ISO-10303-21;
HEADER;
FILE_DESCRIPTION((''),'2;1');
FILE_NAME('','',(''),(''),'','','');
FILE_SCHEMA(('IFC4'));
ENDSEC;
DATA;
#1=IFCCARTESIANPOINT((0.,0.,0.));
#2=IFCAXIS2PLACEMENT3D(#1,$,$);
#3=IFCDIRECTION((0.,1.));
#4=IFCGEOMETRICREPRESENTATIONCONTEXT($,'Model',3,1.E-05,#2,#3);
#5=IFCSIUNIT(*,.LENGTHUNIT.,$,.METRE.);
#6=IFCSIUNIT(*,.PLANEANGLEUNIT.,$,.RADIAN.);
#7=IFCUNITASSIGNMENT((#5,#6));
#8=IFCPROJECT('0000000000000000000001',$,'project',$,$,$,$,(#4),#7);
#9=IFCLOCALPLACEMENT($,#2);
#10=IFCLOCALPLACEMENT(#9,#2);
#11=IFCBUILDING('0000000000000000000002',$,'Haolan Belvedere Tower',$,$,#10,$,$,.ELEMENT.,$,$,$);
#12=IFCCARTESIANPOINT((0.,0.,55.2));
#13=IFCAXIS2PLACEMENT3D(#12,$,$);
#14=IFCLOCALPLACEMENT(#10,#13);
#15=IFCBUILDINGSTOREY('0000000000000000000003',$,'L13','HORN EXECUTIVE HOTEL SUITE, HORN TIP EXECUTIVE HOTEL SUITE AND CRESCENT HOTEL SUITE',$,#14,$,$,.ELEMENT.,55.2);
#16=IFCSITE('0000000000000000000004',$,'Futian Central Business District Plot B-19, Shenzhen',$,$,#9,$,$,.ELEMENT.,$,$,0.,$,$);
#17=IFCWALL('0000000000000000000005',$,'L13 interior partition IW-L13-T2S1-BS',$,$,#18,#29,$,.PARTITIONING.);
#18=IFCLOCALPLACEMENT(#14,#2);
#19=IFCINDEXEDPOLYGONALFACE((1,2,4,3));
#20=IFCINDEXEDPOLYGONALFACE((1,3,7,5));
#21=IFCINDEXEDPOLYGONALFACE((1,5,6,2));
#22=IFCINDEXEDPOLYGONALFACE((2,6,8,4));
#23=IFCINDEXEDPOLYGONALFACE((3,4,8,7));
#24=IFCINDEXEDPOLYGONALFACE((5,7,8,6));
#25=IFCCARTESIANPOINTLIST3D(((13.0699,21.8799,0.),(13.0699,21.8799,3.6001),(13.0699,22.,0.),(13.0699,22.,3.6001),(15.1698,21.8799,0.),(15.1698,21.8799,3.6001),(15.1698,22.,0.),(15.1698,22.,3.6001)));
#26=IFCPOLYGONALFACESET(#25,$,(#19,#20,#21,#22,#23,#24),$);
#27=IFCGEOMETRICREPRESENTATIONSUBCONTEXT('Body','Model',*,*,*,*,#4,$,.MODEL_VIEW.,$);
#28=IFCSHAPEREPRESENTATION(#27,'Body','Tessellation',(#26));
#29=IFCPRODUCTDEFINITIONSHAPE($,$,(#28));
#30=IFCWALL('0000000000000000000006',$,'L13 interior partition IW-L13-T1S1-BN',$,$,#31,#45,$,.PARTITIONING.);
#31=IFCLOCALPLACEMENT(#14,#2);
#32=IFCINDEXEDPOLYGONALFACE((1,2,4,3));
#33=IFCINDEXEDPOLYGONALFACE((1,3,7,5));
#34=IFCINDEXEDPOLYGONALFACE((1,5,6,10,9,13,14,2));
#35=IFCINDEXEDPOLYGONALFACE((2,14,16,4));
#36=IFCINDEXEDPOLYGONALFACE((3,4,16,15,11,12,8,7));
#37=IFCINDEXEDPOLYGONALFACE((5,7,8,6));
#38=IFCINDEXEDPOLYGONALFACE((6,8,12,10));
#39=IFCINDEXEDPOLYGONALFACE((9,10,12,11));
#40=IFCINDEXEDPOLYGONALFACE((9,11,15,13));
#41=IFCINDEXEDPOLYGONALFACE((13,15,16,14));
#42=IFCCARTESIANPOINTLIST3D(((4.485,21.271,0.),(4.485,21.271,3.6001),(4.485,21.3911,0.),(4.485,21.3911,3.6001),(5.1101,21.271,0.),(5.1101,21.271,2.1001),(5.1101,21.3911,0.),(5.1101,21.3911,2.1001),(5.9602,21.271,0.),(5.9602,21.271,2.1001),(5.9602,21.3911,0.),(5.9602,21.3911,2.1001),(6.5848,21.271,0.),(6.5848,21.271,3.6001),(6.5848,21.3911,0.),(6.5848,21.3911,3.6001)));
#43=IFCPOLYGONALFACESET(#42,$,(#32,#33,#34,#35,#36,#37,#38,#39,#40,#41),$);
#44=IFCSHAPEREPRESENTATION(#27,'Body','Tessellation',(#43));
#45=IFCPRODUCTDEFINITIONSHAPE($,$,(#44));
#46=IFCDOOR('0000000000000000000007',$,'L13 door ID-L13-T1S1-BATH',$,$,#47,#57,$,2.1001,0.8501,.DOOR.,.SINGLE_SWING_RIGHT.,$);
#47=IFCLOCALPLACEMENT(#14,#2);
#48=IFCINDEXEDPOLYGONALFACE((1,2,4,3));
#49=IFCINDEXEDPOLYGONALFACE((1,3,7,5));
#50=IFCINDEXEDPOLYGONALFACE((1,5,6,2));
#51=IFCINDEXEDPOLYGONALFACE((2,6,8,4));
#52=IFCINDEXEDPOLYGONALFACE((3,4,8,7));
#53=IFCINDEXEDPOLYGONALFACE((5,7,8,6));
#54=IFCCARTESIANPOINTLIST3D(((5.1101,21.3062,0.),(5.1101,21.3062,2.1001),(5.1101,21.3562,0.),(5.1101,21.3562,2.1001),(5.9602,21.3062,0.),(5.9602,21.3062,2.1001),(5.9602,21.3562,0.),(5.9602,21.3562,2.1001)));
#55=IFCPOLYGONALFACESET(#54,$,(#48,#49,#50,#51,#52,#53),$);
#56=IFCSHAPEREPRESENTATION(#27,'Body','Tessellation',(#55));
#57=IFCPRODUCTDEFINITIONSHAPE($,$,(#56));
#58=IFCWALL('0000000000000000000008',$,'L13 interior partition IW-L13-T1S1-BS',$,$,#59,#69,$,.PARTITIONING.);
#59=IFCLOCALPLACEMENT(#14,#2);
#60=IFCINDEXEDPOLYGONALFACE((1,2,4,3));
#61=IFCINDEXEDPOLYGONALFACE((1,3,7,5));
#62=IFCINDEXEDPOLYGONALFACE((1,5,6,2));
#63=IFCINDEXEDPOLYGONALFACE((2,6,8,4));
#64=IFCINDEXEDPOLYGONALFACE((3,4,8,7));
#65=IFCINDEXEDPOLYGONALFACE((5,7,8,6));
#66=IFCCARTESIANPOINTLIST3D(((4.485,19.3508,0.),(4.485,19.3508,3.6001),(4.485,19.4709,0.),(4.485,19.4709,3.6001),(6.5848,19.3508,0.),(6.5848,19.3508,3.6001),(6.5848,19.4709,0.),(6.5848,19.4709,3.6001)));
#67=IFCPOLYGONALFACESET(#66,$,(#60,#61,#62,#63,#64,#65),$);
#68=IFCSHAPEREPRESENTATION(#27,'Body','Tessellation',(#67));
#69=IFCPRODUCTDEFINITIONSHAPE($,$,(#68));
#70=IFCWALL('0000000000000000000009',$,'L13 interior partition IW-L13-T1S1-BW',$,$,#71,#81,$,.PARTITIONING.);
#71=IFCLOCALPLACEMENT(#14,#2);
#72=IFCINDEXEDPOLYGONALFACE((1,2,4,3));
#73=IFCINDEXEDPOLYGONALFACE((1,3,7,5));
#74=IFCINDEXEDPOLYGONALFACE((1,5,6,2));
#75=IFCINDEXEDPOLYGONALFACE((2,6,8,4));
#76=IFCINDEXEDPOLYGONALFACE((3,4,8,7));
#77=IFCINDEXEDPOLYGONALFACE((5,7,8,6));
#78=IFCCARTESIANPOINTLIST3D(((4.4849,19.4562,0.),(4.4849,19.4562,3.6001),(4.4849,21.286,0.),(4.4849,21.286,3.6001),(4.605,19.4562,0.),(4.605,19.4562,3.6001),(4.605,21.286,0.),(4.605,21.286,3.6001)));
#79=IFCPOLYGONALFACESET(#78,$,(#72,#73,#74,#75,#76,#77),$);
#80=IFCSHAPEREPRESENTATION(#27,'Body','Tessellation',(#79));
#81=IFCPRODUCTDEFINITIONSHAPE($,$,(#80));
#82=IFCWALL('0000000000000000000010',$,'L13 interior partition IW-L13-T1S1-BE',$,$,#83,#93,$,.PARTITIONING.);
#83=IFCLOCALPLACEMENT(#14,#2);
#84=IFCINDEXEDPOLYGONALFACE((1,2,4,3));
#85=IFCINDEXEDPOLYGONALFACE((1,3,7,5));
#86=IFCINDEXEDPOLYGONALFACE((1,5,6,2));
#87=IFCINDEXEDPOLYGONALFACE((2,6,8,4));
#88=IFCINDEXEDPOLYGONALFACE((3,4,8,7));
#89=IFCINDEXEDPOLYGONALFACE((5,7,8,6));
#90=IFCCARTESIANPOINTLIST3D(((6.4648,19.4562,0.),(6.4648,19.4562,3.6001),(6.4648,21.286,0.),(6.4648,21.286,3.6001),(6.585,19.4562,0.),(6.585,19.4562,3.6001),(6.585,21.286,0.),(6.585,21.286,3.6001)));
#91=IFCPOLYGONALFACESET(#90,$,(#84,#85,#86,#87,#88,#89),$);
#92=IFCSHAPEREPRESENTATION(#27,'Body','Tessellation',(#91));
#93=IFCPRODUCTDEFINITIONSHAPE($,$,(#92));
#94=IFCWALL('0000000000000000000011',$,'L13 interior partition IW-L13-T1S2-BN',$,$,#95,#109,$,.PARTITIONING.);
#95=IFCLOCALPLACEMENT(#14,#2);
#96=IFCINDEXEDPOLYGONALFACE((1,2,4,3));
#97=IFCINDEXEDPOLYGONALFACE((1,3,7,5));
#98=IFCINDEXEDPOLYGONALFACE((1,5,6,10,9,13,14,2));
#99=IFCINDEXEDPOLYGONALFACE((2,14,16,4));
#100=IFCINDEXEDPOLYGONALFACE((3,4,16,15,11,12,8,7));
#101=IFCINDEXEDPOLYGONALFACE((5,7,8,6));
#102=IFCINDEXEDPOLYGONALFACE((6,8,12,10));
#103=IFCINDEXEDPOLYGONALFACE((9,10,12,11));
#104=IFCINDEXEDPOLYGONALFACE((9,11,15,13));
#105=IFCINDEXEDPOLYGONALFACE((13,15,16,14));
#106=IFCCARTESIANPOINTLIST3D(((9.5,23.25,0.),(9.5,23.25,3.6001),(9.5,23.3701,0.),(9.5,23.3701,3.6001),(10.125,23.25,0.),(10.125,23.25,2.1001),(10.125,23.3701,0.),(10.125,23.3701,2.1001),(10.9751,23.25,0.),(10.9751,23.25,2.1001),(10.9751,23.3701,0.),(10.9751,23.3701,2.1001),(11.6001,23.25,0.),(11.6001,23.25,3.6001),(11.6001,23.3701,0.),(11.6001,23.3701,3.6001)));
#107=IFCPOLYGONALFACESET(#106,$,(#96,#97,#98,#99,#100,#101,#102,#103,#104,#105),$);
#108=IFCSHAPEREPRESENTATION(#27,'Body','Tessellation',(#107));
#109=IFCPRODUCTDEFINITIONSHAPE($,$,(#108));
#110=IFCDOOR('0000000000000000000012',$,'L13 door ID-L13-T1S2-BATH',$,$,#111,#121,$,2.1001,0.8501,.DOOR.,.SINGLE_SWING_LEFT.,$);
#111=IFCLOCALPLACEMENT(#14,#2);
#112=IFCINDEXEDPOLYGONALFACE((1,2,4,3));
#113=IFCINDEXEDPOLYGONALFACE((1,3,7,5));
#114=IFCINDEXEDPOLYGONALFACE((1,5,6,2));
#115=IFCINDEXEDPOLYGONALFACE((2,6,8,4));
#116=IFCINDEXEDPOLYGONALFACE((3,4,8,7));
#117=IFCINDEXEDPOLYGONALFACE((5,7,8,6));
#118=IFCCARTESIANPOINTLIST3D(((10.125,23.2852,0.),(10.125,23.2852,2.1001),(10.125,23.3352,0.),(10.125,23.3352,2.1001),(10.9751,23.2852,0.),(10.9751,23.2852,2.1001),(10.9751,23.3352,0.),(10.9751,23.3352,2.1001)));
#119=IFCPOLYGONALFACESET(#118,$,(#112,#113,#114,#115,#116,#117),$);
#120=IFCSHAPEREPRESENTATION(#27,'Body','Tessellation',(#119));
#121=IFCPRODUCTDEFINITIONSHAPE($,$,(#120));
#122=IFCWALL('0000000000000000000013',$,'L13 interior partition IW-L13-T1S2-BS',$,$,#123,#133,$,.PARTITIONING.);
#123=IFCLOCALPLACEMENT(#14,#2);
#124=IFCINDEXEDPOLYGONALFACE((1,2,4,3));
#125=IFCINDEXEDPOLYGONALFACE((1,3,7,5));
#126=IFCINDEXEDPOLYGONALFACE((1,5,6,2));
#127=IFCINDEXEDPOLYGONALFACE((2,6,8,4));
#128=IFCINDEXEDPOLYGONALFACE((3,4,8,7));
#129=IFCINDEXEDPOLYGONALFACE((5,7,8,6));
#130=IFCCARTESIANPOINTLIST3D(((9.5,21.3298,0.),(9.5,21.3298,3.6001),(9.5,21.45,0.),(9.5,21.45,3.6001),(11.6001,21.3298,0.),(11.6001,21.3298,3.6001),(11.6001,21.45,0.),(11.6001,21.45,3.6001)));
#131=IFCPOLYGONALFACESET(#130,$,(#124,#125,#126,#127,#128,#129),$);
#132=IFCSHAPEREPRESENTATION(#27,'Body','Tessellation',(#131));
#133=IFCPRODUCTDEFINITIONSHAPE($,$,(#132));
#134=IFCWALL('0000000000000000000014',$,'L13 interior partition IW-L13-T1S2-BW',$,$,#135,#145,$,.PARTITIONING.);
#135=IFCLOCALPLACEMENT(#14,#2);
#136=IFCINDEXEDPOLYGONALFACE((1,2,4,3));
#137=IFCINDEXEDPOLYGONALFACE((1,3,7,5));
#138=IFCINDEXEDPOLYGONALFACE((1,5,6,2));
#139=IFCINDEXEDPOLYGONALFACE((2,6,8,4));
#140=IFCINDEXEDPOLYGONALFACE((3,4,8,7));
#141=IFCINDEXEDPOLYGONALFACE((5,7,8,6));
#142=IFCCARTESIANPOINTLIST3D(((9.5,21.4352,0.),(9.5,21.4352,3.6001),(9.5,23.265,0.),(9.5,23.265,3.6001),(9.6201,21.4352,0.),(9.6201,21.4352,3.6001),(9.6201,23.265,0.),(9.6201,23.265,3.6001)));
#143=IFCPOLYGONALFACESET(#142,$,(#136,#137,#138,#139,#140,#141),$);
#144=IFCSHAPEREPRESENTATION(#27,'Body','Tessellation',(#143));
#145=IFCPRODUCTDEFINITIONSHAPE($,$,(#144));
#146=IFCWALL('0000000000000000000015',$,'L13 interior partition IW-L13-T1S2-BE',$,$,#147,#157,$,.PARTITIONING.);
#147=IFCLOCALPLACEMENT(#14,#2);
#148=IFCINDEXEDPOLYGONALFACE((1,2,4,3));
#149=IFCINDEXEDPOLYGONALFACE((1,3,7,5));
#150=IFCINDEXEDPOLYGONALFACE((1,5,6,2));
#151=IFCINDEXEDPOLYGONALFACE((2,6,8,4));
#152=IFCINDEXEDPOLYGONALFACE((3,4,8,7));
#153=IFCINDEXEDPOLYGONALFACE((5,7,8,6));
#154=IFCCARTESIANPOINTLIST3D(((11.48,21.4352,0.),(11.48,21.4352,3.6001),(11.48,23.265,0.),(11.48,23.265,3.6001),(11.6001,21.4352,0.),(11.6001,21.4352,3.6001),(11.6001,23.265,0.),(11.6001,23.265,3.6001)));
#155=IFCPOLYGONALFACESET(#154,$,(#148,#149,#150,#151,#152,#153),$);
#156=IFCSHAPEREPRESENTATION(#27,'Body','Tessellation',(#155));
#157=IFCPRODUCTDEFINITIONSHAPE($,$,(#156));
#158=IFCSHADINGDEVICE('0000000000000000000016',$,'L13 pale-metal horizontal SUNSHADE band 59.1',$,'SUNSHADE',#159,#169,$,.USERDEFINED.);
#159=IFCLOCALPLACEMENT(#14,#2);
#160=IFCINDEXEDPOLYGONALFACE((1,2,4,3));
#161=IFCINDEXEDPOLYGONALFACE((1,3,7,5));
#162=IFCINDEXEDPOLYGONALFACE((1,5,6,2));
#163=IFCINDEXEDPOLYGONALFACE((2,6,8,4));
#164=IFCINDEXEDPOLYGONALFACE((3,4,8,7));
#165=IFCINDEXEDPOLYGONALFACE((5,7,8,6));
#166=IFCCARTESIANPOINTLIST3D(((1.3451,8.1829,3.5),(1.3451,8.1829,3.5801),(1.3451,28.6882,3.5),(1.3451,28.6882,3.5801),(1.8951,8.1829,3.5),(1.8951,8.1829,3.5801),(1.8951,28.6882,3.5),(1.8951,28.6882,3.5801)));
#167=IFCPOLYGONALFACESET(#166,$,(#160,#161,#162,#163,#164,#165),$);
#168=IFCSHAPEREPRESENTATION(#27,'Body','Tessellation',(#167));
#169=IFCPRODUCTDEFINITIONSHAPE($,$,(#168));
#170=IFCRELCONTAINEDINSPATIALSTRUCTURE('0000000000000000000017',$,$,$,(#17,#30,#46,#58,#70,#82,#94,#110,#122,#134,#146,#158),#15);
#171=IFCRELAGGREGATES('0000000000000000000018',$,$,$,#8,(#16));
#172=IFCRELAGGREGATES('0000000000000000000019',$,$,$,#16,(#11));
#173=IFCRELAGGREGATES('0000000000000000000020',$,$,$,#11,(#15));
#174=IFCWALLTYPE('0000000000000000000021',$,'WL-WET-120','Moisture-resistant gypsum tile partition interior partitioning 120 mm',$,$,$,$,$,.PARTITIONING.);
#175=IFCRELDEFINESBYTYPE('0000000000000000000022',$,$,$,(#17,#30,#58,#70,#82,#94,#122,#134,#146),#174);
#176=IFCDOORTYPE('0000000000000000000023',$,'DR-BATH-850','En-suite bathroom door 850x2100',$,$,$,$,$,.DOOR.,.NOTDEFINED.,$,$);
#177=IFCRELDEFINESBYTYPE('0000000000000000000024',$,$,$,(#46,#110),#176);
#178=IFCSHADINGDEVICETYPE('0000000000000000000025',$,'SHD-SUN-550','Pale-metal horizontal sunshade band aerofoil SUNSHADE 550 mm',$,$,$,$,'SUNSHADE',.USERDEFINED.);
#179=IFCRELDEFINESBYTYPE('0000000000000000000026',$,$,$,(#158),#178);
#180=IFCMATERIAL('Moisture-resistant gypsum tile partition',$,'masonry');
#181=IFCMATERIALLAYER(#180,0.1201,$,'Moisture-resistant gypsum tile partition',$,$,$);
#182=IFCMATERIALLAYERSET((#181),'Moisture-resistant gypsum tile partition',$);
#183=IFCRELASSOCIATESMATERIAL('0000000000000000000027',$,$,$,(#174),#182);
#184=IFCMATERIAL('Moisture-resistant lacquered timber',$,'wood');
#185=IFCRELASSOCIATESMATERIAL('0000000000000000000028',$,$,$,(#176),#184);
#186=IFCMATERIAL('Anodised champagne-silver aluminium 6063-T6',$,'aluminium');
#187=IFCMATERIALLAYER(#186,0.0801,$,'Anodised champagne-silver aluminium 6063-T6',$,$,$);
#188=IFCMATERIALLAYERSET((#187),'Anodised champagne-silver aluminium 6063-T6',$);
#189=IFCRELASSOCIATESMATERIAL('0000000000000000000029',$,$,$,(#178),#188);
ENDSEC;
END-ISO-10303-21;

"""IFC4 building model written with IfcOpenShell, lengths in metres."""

from ifc_helpers import new_model, si_unit, direction, frame, frame_2d, origin, origin_2d, place, context, subcontext, project, spatial, rectangle, extrude, material, layer, layer_set, type_object, element, fill, save


model = new_model("IFC4")

# Units and contexts
model_context = context("Model", 3, precision=1e-05, world=origin(), true_north=direction((0.0, 1.0)))
body_context = subcontext(model_context, "Body", "Model", "MODEL_VIEW")
ifc_project = project(units=[si_unit("LENGTHUNIT", "METRE"), si_unit("PLANEANGLEUNIT", "RADIAN")], contexts=[model_context])

# Site, building, storey
site_placement = place(None, origin())
site = spatial("IfcSite", under=ifc_project, at=site_placement, Name="Futian Central Business District Plot B-19, Shenzhen", CompositionType="ELEMENT", RefElevation=0.0)
building_placement = place(site_placement, origin())
building = spatial("IfcBuilding", under=site, at=building_placement, Name="Haolan Belvedere Tower", CompositionType="ELEMENT")
storey_placement = place(building_placement, frame((0.0, 0.0, 55.2)))
storey = spatial("IfcBuildingStorey", under=building, at=storey_placement, Name="L13", Description="HORN EXECUTIVE HOTEL SUITE, HORN TIP EXECUTIVE HOTEL SUITE AND CRESCENT HOTEL SUITE", CompositionType="ELEMENT", Elevation=55.2)

# Shared definitions
ifc_material_1 = material(Name="Moisture-resistant gypsum tile partition", Category="masonry")
ifc_layer_1 = layer(ifc_material_1, 0.1201, Name="Moisture-resistant gypsum tile partition")
ifc_layer_set_1 = layer_set([ifc_layer_1], Name="Moisture-resistant gypsum tile partition")
wall_type_1 = type_object("IfcWallType", Name="WL-WET-120", Description="Moisture-resistant gypsum tile partition interior partitioning 120 mm", PredefinedType="PARTITIONING", material=ifc_layer_set_1)
ifc_material_2 = material(Name="Moisture-resistant lacquered timber", Category="wood")
door_type = type_object("IfcDoorType", Name="DR-BATH-850", Description="En-suite bathroom door 850x2100", OperationType="NOTDEFINED", PredefinedType="DOOR", material=ifc_material_2)

# Wall
wall_1_placement = place(storey_placement, frame((13.0701, 21.9399, 0.0), z_axis=(0.0, 0.0, 1.0), x_axis=(1.0, 0.0, 0.0)))
element("IfcWall", 1, at=wall_1_placement, inside=storey, type_object=wall_type_1, Name="L13 interior partition IW-L13-T2S1-BS", PredefinedType="PARTITIONING", context=body_context, shape_type="SweptSolid", body=[
    extrude(rectangle(XDim=2.0999, YDim=0.1201, at=frame_2d((1.0498, 0.0))), origin(), (0.0, 0.0, 1.0), 3.6001),
])

# Wall, opening, door
wall_2_placement = place(storey_placement, frame((4.4851, 21.3311, 0.0), z_axis=(0.0, 0.0, 1.0), x_axis=(1.0, 0.0, 0.0)))
wall_2 = element("IfcWall", 2, at=wall_2_placement, inside=storey, type_object=wall_type_1, Name="L13 interior partition IW-L13-T1S1-BN", PredefinedType="PARTITIONING", context=body_context, shape_type="SweptSolid", body=[
    extrude(rectangle(XDim=2.0999, YDim=0.1201, at=frame_2d((1.0498, 0.0))), origin(), (0.0, 0.0, 1.0), 3.6001),
])
opening_1_placement = place(wall_2_placement, frame((1.4751, 0.0, 0.0), z_axis=(0.0, 0.0, 1.0), x_axis=(-1.0, 0.0, 0.0)))
opening_1 = element("IfcOpeningElement", 3, at=opening_1_placement, cuts=wall_2, PredefinedType="OPENING", context=body_context, shape_type="SweptSolid", body=[
    extrude(rectangle(XDim=0.8501, YDim=2.1001, at=frame_2d((0.425, 1.05))), frame((0.0, 0.0701, 0.0), z_axis=(0.0, -1.0, 0.0), x_axis=(1.0, 0.0, 0.0)), (0.0, 0.0, 1.0), 0.1401),
])
door_1_placement = place(opening_1_placement, origin())
door_1 = element("IfcDoor", 4, at=door_1_placement, inside=storey, type_object=door_type, Name="L13 door ID-L13-T1S1-BATH", OperationType="SINGLE_SWING_RIGHT", OverallHeight=2.1001, OverallWidth=0.8501, PredefinedType="DOOR", context=body_context, shape_type="SweptSolid", body=[
    extrude(rectangle(XDim=0.8501, YDim=2.1001, at=frame_2d((0.425, 1.05))), frame((0.0, 0.0249, 0.0), z_axis=(0.0, -1.0, 0.0), x_axis=(1.0, 0.0, 0.0)), (0.0, 0.0, 1.0), 0.05),
])
fill(opening_1, door_1)

# Walls
wall_3_placement = place(storey_placement, frame((4.4851, 19.4109, 0.0), z_axis=(0.0, 0.0, 1.0), x_axis=(1.0, 0.0, 0.0)))
element("IfcWall", 5, at=wall_3_placement, inside=storey, type_object=wall_type_1, Name="L13 interior partition IW-L13-T1S1-BS", PredefinedType="PARTITIONING", context=body_context, shape_type="SweptSolid", body=[
    extrude(rectangle(XDim=2.0999, YDim=0.1201, at=frame_2d((1.0498, 0.0))), origin(), (0.0, 0.0, 1.0), 3.6001),
])
for number, where, z_axis, x_axis, name in (
    (6, (4.5449, 19.4561, 0.0), (0.0, 0.0, 1.0), (0.0, 1.0, 0.0), "L13 interior partition IW-L13-T1S1-BW"),
    (7, (6.5249, 19.4561, 0.0), (0.0, 0.0, 1.0), (0.0, 1.0, 0.0), "L13 interior partition IW-L13-T1S1-BE"),
):
    element("IfcWall", number, at=place(storey_placement, frame(where, z_axis=z_axis, x_axis=x_axis)), inside=storey, type_object=wall_type_1, Name=name, PredefinedType="PARTITIONING", context=body_context, shape_type="SweptSolid", body=[
        extrude(rectangle(XDim=1.8298, YDim=0.1201, at=frame_2d((0.915, 0.0))), origin(), (0.0, 0.0, 1.0), 3.6001),
    ])

# Wall, opening, door
wall_4_placement = place(storey_placement, frame((9.5, 23.3101, 0.0), z_axis=(0.0, 0.0, 1.0), x_axis=(1.0, 0.0, 0.0)))
wall_4 = element("IfcWall", 8, at=wall_4_placement, inside=storey, type_object=wall_type_1, Name="L13 interior partition IW-L13-T1S2-BN", PredefinedType="PARTITIONING", context=body_context, shape_type="SweptSolid", body=[
    extrude(rectangle(XDim=2.1001, YDim=0.1201, at=frame_2d((1.05, 0.0))), origin(), (0.0, 0.0, 1.0), 3.6001),
])
opening_2_placement = place(wall_4_placement, frame((1.4751, 0.0, 0.0), z_axis=(0.0, 0.0, 1.0), x_axis=(-1.0, 0.0, 0.0)))
opening_2 = element("IfcOpeningElement", 9, at=opening_2_placement, cuts=wall_4, PredefinedType="OPENING", context=body_context, shape_type="SweptSolid", body=[
    extrude(rectangle(XDim=0.8501, YDim=2.1001, at=frame_2d((0.425, 1.05))), frame((0.0, 0.0701, 0.0), z_axis=(0.0, -1.0, 0.0), x_axis=(1.0, 0.0, 0.0)), (0.0, 0.0, 1.0), 0.1401),
])
door_2_placement = place(opening_2_placement, origin())
door_2 = element("IfcDoor", 10, at=door_2_placement, inside=storey, type_object=door_type, Name="L13 door ID-L13-T1S2-BATH", OperationType="SINGLE_SWING_LEFT", OverallHeight=2.1001, OverallWidth=0.8501, PredefinedType="DOOR", context=body_context, shape_type="SweptSolid", body=[
    extrude(rectangle(XDim=0.8501, YDim=2.1001, at=frame_2d((0.425, 1.05))), frame((0.0, 0.0249, 0.0), z_axis=(0.0, -1.0, 0.0), x_axis=(1.0, 0.0, 0.0)), (0.0, 0.0, 1.0), 0.05),
])
fill(opening_2, door_2)

# Walls
wall_5_placement = place(storey_placement, frame((9.5, 21.3899, 0.0), z_axis=(0.0, 0.0, 1.0), x_axis=(1.0, 0.0, 0.0)))
element("IfcWall", 11, at=wall_5_placement, inside=storey, type_object=wall_type_1, Name="L13 interior partition IW-L13-T1S2-BS", PredefinedType="PARTITIONING", context=body_context, shape_type="SweptSolid", body=[
    extrude(rectangle(XDim=2.1001, YDim=0.1201, at=frame_2d((1.05, 0.0))), origin(), (0.0, 0.0, 1.0), 3.6001),
])
for number, where, z_axis, x_axis, name in (
    (12, (9.5601, 21.4351, 0.0), (0.0, 0.0, 1.0), (0.0, 1.0, 0.0), "L13 interior partition IW-L13-T1S2-BW"),
    (13, (11.54, 21.4351, 0.0), (0.0, 0.0, 1.0), (0.0, 1.0, 0.0), "L13 interior partition IW-L13-T1S2-BE"),
):
    element("IfcWall", number, at=place(storey_placement, frame(where, z_axis=z_axis, x_axis=x_axis)), inside=storey, type_object=wall_type_1, Name=name, PredefinedType="PARTITIONING", context=body_context, shape_type="SweptSolid", body=[
        extrude(rectangle(XDim=1.8298, YDim=0.1201, at=frame_2d((0.915, 0.0))), origin(), (0.0, 0.0, 1.0), 3.6001),
    ])

# Shading device
ifc_material_3 = material(Name="Anodised champagne-silver aluminium 6063-T6", Category="aluminium")
ifc_layer_2 = layer(ifc_material_3, 0.0801, Name="Anodised champagne-silver aluminium 6063-T6")
ifc_layer_set_2 = layer_set([ifc_layer_2], Name="Anodised champagne-silver aluminium 6063-T6")
shading_device_type = type_object("IfcShadingDeviceType", Name="SHD-SUN-550", Description="Pale-metal horizontal sunshade band aerofoil SUNSHADE 550 mm", ElementType="SUNSHADE", PredefinedType="USERDEFINED", material=ifc_layer_set_2)
shading_device_placement = place(storey_placement, frame((1.6201, 18.4355, 3.5), z_axis=(0.0, 0.0, 1.0), x_axis=(0.0, -1.0, 0.0)))
element("IfcShadingDevice", 14, at=shading_device_placement, inside=storey, type_object=shading_device_type, Name="L13 pale-metal horizontal SUNSHADE band 59.1", ObjectType="SUNSHADE", PredefinedType="USERDEFINED", context=body_context, shape_type="SweptSolid", body=[
    extrude(rectangle(XDim=20.5054, YDim=0.55, at=origin_2d()), origin(), (0.0, 0.0, 1.0), 0.0801),
])

save(model, "model.ifc")
